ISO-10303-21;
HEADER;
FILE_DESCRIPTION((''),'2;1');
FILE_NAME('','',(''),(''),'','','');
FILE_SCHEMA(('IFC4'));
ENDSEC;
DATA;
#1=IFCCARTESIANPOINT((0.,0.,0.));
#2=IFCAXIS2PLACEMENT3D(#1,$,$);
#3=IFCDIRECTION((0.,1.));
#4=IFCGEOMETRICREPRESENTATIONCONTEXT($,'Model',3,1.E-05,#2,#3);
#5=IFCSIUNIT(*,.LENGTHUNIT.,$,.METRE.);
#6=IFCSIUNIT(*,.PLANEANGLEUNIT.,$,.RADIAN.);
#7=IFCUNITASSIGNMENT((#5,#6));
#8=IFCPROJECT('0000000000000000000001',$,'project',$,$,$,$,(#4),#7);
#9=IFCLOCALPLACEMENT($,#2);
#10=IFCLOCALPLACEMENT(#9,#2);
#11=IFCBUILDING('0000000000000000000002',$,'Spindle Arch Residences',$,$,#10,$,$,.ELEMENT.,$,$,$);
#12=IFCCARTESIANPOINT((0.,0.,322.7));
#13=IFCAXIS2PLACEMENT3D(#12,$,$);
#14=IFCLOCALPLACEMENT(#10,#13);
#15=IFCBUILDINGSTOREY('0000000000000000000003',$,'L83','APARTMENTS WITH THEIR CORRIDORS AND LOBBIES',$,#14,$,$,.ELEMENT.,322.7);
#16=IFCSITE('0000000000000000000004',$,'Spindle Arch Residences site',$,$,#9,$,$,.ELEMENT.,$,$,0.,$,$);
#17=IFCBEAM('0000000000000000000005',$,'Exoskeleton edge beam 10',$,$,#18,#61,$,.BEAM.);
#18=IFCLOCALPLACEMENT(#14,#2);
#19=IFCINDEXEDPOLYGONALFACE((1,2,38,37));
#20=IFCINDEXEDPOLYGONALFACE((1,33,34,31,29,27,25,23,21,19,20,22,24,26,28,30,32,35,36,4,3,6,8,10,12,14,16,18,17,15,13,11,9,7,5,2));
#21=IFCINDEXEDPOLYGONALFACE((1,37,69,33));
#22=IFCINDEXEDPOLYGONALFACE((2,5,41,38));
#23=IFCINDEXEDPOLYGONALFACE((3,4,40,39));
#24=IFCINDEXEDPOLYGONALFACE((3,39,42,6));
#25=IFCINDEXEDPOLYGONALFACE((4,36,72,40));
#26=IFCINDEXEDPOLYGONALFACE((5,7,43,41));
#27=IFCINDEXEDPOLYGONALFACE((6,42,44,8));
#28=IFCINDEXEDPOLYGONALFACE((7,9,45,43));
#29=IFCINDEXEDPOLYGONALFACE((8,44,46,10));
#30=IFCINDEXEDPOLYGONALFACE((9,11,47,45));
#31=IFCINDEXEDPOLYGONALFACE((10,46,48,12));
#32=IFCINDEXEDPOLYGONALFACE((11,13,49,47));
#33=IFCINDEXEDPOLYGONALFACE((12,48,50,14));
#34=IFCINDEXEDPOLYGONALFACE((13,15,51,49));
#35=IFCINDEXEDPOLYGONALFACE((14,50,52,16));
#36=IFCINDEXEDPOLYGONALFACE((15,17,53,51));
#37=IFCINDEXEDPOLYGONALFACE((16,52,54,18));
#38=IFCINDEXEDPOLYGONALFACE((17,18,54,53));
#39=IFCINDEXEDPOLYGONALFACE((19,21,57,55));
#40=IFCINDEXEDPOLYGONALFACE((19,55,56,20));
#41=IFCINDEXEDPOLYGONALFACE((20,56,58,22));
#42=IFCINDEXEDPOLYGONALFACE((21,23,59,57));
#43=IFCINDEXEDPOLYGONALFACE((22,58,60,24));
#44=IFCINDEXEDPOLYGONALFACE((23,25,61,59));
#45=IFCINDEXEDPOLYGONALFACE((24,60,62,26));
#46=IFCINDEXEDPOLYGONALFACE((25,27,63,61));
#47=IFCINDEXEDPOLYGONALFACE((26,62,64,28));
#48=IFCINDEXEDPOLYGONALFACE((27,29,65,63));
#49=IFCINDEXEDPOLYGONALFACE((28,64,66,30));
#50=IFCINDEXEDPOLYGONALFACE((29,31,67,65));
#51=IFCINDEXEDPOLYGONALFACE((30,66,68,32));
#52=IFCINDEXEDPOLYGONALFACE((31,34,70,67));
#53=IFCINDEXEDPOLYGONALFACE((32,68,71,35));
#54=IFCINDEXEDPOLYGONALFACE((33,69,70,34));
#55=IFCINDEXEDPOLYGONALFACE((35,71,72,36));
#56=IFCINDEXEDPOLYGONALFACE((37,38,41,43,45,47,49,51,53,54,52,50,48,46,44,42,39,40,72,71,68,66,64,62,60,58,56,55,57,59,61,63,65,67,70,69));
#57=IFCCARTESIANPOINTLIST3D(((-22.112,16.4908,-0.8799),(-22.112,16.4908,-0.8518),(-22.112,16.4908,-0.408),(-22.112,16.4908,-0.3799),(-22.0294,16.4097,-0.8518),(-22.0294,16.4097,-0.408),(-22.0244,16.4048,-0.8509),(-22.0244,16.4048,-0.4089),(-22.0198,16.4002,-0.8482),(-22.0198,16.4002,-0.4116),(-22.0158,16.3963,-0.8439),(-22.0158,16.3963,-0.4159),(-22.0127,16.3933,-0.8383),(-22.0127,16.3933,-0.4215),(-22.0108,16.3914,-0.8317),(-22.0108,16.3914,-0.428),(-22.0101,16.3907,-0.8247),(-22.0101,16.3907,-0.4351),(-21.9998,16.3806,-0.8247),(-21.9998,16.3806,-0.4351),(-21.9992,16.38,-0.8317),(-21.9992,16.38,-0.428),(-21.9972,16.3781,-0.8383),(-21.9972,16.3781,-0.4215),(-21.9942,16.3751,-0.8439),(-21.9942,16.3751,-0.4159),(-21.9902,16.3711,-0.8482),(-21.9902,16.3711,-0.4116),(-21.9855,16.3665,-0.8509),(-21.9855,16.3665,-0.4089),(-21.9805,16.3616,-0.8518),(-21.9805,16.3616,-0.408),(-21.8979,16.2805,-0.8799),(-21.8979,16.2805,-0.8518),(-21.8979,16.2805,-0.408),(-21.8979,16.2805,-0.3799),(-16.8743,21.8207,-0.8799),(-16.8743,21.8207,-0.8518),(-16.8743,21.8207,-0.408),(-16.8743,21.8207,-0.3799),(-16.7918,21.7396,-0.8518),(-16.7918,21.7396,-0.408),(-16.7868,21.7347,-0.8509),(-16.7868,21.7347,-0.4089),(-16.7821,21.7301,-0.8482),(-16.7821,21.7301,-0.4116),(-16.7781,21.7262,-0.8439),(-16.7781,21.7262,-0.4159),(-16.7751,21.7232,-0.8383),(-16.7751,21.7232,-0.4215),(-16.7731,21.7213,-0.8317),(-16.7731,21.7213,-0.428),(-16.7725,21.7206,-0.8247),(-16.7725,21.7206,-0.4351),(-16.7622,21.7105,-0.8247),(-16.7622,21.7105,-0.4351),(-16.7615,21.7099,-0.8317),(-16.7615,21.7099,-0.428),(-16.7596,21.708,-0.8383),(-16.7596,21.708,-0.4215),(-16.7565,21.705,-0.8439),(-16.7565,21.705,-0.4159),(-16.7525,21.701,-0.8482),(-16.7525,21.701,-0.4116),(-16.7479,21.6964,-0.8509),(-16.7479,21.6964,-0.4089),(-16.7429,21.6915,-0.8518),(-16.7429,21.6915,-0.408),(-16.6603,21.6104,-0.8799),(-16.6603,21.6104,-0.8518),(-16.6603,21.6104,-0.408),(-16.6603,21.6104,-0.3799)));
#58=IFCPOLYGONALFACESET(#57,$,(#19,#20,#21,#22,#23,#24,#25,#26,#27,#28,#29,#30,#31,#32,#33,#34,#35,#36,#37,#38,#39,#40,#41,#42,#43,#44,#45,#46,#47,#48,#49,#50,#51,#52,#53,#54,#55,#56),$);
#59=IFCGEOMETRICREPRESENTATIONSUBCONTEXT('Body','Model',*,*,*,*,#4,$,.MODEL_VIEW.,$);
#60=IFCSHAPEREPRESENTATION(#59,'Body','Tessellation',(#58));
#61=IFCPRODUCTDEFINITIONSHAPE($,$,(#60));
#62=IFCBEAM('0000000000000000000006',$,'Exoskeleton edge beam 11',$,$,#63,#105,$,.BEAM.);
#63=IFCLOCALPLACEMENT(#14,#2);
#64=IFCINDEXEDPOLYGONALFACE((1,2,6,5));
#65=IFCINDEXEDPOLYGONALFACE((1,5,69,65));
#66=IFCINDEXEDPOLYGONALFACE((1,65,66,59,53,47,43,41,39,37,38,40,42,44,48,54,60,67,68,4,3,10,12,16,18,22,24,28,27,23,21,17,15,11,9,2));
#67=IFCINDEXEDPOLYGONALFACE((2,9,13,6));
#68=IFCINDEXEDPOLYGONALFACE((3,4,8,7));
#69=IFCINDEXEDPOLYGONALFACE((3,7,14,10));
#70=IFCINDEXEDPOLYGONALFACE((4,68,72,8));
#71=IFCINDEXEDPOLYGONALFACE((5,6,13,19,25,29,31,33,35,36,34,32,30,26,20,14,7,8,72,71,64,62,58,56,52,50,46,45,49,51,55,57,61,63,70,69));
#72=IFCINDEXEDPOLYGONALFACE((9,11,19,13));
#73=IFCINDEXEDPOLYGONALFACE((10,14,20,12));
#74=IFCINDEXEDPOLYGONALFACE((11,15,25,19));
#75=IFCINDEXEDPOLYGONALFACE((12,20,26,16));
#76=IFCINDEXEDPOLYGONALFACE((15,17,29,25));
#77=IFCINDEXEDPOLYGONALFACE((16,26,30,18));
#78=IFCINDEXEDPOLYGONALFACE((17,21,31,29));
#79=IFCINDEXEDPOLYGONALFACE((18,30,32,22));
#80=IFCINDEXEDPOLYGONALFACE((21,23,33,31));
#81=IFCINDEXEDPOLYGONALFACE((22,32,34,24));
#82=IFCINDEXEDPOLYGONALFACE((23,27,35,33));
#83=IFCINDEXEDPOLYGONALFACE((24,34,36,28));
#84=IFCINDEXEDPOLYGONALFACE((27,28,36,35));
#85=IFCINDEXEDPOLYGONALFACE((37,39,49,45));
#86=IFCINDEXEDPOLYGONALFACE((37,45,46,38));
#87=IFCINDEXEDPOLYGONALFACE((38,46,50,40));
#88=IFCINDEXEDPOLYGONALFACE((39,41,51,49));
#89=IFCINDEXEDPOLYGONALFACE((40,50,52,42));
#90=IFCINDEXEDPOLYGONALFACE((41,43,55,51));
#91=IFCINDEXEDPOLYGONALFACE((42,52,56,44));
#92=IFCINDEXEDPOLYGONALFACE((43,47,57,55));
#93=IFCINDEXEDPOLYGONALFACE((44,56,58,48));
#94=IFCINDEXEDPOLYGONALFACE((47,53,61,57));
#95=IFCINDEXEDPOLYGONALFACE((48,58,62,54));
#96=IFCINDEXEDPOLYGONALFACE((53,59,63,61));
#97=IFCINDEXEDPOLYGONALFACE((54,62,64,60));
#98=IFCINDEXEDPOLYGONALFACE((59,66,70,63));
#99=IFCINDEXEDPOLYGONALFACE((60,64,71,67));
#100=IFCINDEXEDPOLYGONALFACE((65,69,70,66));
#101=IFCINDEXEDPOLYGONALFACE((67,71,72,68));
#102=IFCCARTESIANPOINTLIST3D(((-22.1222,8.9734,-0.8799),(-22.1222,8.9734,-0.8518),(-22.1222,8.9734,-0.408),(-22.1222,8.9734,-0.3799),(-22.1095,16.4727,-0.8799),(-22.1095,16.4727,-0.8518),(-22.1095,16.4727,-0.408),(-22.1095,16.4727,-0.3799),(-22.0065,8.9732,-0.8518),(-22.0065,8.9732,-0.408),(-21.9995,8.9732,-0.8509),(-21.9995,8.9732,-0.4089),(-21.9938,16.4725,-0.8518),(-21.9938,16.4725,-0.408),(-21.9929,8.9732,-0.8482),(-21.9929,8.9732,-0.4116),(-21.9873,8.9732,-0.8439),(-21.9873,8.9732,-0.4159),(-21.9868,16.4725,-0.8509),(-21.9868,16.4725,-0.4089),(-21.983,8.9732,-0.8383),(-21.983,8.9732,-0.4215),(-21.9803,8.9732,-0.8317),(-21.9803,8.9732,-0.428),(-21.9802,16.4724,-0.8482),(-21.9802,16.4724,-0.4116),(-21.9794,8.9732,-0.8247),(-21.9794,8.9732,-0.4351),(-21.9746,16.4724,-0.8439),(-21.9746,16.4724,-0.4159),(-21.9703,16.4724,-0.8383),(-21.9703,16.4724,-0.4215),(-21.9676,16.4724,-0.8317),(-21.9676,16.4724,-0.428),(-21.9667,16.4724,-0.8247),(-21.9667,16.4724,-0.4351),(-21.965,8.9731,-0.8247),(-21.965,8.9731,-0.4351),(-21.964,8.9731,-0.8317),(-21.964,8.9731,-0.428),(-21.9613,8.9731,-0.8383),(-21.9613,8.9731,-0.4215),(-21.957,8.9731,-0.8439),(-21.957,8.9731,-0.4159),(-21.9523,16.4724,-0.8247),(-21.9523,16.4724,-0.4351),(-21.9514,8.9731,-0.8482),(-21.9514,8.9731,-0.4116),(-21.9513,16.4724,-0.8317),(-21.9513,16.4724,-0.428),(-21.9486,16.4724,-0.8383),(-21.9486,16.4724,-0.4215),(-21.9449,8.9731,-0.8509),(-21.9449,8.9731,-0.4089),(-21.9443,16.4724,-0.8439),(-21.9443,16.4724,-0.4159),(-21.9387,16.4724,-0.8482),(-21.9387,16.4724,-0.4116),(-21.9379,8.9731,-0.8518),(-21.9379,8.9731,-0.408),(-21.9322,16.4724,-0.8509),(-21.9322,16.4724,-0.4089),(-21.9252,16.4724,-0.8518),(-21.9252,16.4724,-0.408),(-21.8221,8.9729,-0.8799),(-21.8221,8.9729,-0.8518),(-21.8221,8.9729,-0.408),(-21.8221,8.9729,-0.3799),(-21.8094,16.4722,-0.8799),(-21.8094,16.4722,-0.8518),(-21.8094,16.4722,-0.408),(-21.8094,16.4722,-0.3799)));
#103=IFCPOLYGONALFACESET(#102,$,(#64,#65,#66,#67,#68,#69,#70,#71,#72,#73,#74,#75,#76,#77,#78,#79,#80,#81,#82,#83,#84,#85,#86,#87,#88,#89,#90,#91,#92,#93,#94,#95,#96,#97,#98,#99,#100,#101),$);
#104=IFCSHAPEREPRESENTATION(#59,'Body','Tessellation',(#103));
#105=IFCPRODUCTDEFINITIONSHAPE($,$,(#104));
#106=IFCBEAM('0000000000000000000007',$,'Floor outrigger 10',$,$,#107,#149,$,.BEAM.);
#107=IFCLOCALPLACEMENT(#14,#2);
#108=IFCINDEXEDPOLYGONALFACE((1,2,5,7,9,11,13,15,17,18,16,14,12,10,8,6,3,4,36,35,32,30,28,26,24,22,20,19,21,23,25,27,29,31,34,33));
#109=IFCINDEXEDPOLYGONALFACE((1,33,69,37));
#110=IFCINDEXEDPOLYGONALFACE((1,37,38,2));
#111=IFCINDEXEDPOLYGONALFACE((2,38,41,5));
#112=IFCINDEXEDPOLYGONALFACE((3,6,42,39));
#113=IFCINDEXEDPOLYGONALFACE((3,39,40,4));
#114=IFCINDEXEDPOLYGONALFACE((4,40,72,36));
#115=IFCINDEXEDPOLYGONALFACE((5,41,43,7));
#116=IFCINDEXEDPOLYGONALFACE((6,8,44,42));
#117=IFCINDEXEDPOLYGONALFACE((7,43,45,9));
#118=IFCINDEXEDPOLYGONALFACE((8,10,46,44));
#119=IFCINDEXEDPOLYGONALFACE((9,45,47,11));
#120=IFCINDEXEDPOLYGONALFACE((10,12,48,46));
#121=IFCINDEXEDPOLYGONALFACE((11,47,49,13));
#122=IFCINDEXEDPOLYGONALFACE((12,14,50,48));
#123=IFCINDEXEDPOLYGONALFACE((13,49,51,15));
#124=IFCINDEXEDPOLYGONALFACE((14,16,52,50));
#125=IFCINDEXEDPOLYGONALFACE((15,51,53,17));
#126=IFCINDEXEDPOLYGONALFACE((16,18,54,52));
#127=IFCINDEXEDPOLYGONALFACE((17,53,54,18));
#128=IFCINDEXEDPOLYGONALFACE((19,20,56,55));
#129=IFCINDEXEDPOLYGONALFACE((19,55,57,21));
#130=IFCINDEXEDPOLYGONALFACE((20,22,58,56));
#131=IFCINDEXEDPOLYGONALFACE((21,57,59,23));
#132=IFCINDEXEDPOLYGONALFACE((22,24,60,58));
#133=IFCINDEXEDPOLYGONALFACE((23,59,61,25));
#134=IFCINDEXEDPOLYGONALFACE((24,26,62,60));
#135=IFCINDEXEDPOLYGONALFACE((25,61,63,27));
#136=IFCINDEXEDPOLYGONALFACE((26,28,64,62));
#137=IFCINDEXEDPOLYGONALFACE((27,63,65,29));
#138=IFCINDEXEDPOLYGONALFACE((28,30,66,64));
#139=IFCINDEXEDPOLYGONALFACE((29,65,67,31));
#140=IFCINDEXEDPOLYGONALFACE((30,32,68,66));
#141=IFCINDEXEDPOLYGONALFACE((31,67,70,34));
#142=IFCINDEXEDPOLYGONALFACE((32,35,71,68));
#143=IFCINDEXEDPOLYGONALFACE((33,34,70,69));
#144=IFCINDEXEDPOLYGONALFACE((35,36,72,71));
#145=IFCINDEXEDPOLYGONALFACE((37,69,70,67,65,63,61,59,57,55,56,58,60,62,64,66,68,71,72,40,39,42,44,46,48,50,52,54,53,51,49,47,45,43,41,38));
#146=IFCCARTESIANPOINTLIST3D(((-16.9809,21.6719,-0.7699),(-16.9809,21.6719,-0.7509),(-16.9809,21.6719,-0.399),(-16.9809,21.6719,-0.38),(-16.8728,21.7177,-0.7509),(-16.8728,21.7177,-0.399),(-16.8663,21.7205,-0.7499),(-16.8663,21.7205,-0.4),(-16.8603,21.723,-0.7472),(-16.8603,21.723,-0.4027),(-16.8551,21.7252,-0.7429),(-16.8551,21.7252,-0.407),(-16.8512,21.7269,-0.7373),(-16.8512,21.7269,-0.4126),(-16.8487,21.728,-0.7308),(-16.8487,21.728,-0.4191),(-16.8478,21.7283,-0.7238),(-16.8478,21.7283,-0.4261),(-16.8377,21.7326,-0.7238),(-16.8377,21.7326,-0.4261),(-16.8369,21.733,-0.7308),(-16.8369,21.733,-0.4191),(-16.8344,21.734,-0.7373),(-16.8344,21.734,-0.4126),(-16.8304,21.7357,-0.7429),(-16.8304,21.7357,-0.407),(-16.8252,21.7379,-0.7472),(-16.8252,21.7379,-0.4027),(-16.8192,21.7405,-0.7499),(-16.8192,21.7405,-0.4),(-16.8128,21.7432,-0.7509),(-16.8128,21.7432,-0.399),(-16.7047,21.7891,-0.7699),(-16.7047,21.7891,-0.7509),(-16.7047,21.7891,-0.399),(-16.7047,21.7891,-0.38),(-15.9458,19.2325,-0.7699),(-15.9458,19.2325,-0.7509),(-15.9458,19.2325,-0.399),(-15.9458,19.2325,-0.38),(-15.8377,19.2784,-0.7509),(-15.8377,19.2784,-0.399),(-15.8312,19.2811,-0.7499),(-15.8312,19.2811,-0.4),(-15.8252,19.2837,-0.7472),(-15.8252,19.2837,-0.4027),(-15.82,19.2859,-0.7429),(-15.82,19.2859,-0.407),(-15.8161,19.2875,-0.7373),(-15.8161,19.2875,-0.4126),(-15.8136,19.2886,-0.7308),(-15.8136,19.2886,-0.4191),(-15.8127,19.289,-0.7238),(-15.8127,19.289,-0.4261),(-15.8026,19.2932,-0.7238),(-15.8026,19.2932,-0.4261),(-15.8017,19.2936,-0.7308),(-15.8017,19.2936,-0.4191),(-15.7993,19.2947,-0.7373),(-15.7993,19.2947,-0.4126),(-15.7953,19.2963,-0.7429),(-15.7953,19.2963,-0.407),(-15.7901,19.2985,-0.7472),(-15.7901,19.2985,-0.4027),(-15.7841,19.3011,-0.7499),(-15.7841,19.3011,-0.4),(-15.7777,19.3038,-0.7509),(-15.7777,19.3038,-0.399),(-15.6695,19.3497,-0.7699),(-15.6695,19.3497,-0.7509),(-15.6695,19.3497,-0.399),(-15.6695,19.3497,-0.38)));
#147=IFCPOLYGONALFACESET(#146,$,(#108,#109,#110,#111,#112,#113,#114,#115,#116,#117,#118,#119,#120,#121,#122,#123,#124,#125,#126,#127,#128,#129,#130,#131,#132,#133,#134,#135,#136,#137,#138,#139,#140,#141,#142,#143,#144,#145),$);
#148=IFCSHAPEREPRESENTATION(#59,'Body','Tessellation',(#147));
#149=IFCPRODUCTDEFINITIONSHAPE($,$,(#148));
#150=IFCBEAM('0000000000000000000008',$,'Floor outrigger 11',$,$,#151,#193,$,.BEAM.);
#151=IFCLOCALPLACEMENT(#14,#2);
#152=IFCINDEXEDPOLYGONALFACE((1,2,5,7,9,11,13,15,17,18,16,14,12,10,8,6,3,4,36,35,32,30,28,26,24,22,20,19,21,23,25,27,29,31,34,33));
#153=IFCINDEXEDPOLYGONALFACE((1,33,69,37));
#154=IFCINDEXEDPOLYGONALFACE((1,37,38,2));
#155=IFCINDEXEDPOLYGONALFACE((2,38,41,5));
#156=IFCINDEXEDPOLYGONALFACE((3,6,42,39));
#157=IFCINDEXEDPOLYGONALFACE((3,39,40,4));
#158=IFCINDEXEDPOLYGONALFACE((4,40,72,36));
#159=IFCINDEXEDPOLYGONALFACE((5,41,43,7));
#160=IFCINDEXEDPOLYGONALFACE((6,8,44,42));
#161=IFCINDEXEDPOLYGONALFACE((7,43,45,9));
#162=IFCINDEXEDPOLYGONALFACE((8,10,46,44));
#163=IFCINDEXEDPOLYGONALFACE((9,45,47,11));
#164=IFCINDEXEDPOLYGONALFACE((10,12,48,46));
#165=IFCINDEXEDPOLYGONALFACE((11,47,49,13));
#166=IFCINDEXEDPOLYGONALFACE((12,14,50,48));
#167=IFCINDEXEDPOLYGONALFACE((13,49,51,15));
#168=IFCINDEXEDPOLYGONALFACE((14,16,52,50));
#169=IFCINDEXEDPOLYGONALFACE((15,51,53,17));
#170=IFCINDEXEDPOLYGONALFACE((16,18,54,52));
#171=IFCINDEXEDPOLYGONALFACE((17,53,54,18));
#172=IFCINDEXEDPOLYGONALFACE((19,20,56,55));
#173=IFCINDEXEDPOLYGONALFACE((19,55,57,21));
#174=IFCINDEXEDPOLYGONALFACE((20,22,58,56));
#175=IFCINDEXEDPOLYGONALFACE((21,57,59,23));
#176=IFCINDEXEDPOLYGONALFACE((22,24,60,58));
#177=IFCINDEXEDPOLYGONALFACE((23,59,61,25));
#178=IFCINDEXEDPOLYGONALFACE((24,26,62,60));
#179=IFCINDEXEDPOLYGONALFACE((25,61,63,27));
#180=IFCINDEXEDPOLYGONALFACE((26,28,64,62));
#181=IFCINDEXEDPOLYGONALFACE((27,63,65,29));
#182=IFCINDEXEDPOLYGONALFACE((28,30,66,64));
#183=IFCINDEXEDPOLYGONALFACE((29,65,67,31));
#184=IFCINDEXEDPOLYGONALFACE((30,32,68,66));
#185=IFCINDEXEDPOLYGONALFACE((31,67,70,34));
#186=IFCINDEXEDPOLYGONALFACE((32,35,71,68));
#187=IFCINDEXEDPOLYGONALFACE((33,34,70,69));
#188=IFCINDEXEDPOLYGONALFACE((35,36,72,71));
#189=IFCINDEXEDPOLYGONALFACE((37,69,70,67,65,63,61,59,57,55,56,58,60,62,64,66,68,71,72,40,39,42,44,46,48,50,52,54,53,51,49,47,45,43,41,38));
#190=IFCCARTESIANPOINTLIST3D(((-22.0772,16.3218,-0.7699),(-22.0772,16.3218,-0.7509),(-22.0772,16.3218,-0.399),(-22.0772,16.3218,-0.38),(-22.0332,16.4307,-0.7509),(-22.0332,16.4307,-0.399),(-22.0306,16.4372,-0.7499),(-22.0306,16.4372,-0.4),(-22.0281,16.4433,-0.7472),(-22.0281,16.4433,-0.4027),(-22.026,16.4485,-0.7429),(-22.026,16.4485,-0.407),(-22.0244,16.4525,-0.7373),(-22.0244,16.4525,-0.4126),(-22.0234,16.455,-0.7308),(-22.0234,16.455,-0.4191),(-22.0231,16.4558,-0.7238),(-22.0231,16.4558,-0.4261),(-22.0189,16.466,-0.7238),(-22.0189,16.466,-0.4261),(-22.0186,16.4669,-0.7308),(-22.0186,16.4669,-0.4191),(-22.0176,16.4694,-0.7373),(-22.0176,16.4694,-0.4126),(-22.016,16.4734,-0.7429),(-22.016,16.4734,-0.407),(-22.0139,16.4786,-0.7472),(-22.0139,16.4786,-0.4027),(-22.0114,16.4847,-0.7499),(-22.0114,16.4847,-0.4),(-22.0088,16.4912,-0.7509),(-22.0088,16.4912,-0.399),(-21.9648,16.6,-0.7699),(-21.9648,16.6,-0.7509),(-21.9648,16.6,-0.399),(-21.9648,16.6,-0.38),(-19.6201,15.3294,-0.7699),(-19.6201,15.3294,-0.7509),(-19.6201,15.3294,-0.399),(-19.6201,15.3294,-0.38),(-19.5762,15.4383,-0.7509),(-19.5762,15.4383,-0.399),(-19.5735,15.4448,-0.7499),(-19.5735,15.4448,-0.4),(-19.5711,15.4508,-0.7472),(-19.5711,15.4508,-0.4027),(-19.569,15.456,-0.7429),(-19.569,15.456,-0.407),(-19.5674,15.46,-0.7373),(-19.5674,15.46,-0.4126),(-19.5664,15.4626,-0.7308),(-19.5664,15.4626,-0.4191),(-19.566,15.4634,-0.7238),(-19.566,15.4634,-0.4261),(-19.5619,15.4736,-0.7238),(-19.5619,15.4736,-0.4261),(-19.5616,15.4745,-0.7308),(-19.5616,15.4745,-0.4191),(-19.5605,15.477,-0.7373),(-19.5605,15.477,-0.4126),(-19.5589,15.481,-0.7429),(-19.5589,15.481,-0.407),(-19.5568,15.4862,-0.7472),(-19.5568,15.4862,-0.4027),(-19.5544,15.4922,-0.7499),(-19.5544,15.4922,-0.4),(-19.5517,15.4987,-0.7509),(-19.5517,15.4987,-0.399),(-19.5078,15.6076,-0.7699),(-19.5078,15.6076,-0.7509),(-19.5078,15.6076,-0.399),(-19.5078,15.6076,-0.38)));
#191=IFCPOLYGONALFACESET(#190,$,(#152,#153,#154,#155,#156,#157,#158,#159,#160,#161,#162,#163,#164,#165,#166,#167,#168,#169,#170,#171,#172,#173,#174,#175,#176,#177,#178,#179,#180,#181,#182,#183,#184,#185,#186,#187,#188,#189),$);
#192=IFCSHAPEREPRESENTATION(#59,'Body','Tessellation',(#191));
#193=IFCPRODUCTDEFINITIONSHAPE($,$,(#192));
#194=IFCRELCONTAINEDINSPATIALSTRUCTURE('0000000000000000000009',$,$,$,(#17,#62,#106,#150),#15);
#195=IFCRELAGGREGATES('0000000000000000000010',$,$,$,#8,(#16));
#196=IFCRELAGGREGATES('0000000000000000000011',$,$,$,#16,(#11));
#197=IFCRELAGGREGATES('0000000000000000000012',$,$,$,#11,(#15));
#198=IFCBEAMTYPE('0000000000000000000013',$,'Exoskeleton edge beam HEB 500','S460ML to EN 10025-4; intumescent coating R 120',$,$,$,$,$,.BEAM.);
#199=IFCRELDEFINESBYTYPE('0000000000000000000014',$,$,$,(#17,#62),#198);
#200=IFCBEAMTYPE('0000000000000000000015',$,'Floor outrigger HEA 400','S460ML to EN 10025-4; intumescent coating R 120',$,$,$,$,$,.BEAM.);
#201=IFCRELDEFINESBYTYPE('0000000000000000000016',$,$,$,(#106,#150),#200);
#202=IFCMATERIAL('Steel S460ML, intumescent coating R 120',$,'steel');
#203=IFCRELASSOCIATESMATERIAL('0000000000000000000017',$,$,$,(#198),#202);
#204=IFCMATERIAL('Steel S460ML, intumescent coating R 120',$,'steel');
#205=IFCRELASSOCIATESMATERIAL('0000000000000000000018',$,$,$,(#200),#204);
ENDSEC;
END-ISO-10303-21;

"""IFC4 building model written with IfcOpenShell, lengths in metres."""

from ifc_helpers import new_model, si_unit, direction, frame, origin, origin_2d, place, context, subcontext, project, spatial, i_section, extrude, material, material_profile, profile_set, type_object, element, save


model = new_model("IFC4")

# Units and contexts
model_context = context("Model", 3, precision=1e-05, world=origin(), true_north=direction((0.0, 1.0)))
body_context = subcontext(model_context, "Body", "Model", "MODEL_VIEW")
ifc_project = project(units=[si_unit("LENGTHUNIT", "METRE"), si_unit("PLANEANGLEUNIT", "RADIAN")], contexts=[model_context])

# Site, building, storey
site_placement = place(None, origin())
site = spatial("IfcSite", under=ifc_project, at=site_placement, Name="Spindle Arch Residences site", CompositionType="ELEMENT", RefElevation=0.0)
building_placement = place(site_placement, origin())
building = spatial("IfcBuilding", under=site, at=building_placement, Name="Spindle Arch Residences", CompositionType="ELEMENT")
storey_placement = place(building_placement, frame((0.0, 0.0, 322.7)))
storey = spatial("IfcBuildingStorey", under=building, at=storey_placement, Name="L83", Description="APARTMENTS WITH THEIR CORRIDORS AND LOBBIES", CompositionType="ELEMENT", Elevation=322.7)

# Beams
ifc_material_1 = material(Name="Steel S460ML, intumescent coating R 120", Category="steel")
ifc_material_profile_1 = material_profile(ifc_material_1, i_section(OverallWidth=0.3, OverallDepth=0.5, WebThickness=0.0144, FlangeThickness=0.0281, FilletRadius=0.0271, at=origin_2d()), Name="HEB 500")
ifc_profile_set_1 = profile_set([ifc_material_profile_1], Name="Steel S460ML, intumescent coating R 120")
beam_type_1 = type_object("IfcBeamType", Name="Exoskeleton edge beam HEB 500", Description="S460ML to EN 10025-4; intumescent coating R 120", PredefinedType="BEAM", material=ifc_profile_set_1)
beam_1_placement = place(storey_placement, frame((-16.7673, 21.7156, -0.6299), z_axis=(-0.700905, -0.713255, 0.0), x_axis=(0.713255, -0.700905, 0.0)))
element("IfcBeam", 1, at=beam_1_placement, inside=storey, type_object=beam_type_1, Name="Exoskeleton edge beam 10", PredefinedType="BEAM", context=body_context, shape_type="SweptSolid", body=[
    extrude(i_section(OverallWidth=0.3, OverallDepth=0.5, WebThickness=0.0144, FlangeThickness=0.0281, FilletRadius=0.0271, at=origin_2d()), origin(), (0.0, 0.0, 1.0), 7.4727),
])
beam_2_placement = place(storey_placement, frame((-21.9595, 16.4724, -0.6299), z_axis=(-0.001693, -0.999999, 0.0), x_axis=(0.999999, -0.001693, 0.0)))
element("IfcBeam", 2, at=beam_2_placement, inside=storey, type_object=beam_type_1, Name="Exoskeleton edge beam 11", PredefinedType="BEAM", context=body_context, shape_type="SweptSolid", body=[
    extrude(i_section(OverallWidth=0.3, OverallDepth=0.5, WebThickness=0.0144, FlangeThickness=0.0281, FilletRadius=0.0271, at=origin_2d()), origin(), (0.0, 0.0, 1.0), 7.4993),
])
ifc_material_2 = material(Name="Steel S460ML, intumescent coating R 120", Category="steel")
ifc_material_profile_2 = material_profile(ifc_material_2, i_section(OverallWidth=0.3, OverallDepth=0.3899, WebThickness=0.011, FlangeThickness=0.019, FilletRadius=0.0271, at=origin_2d()), Name="HEA 400")
ifc_profile_set_2 = profile_set([ifc_material_profile_2], Name="Steel S460ML, intumescent coating R 120")
beam_type_2 = type_object("IfcBeamType", Name="Floor outrigger HEA 400", Description="S460ML to EN 10025-4; intumescent coating R 120", PredefinedType="BEAM", material=ifc_profile_set_2)
for number, where, z_axis, x_axis, name in (
    (3, (-16.8428, 21.7305, -0.575), (0.390626, -0.92055, 0.0), (0.92055, 0.390626, 0.0), "Floor outrigger 10"),
    (4, (-22.021, 16.4609, -0.575), (0.92722, -0.374518, 0.0), (0.374518, 0.92722, 0.0), "Floor outrigger 11"),
):
    element("IfcBeam", number, at=place(storey_placement, frame(where, z_axis=z_axis, x_axis=x_axis)), inside=storey, type_object=beam_type_2, Name=name, PredefinedType="BEAM", context=body_context, shape_type="SweptSolid", body=[
        extrude(i_section(OverallWidth=0.3, OverallDepth=0.3899, WebThickness=0.011, FlangeThickness=0.019, FilletRadius=0.0271, at=origin_2d()), origin(), (0.0, 0.0, 1.0), 2.6499),
    ])

save(model, "model.ifc")
